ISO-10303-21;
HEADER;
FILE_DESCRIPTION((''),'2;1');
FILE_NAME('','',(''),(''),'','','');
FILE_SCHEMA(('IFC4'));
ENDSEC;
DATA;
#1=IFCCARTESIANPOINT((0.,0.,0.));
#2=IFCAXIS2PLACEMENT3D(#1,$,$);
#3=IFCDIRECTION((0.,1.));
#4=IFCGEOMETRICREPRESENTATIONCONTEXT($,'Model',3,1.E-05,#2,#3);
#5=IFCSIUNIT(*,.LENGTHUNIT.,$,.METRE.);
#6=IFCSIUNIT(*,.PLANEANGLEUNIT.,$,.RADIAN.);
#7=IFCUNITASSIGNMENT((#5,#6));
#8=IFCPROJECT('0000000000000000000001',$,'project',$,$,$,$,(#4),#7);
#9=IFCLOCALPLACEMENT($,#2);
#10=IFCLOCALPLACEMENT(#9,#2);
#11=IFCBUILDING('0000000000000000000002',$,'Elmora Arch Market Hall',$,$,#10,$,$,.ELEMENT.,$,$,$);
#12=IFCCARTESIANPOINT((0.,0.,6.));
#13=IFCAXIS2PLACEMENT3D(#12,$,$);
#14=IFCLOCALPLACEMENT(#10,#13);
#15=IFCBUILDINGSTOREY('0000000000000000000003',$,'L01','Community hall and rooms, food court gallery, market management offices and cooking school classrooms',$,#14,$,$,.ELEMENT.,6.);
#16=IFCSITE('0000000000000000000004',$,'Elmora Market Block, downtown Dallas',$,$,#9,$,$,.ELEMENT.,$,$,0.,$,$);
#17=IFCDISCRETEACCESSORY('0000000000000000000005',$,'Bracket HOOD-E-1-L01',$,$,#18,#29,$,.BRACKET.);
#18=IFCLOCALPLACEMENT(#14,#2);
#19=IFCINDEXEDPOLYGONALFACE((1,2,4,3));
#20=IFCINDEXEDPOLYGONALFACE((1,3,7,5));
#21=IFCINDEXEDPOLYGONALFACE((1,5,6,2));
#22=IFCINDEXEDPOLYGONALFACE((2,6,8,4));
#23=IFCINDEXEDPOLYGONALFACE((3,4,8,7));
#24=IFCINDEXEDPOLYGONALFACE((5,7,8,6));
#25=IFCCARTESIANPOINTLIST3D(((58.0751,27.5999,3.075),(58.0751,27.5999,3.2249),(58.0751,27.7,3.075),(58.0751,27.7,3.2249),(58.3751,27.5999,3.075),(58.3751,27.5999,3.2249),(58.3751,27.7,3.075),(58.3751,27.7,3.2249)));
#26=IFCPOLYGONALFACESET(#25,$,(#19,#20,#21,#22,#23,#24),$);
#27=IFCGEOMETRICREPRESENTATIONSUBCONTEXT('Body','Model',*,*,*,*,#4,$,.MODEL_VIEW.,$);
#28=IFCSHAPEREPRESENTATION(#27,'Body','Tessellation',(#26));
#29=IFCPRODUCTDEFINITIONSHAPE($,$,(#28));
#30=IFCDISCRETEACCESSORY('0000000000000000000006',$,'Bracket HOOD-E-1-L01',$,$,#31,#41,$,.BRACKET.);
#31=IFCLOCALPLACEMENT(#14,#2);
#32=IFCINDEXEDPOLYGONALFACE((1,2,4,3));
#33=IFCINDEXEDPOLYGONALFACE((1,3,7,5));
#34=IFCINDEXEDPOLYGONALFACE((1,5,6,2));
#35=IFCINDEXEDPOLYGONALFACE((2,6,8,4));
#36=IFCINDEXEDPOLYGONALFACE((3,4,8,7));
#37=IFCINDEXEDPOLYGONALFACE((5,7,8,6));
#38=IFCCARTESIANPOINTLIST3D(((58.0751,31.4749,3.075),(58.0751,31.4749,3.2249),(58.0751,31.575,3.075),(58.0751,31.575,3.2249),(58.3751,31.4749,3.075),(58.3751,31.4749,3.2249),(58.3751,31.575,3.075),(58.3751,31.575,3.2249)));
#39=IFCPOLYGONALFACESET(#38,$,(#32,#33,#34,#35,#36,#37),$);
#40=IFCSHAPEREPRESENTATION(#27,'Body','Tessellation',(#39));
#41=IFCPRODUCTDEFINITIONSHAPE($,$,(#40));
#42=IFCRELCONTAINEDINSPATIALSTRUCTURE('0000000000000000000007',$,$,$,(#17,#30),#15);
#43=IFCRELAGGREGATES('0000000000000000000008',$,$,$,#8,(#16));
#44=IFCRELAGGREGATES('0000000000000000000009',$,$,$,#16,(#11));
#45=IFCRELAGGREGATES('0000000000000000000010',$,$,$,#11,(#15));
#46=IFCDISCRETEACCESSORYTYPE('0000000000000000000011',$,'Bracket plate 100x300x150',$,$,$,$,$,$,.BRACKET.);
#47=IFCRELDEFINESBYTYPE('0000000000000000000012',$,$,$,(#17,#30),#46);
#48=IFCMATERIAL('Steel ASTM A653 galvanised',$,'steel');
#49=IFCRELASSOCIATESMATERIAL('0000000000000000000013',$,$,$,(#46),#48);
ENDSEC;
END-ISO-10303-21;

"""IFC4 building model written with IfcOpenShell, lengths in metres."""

from ifc_helpers import new_model, si_unit, direction, frame, origin, origin_2d, place, context, subcontext, project, spatial, rectangle, extrude, material, type_object, element, save


model = new_model("IFC4")

# Units and contexts
model_context = context("Model", 3, precision=1e-05, world=origin(), true_north=direction((0.0, 1.0)))
body_context = subcontext(model_context, "Body", "Model", "MODEL_VIEW")
ifc_project = project(units=[si_unit("LENGTHUNIT", "METRE"), si_unit("PLANEANGLEUNIT", "RADIAN")], contexts=[model_context])

# Site, building, storey
site_placement = place(None, origin())
site = spatial("IfcSite", under=ifc_project, at=site_placement, Name="Elmora Market Block, downtown Dallas", CompositionType="ELEMENT", RefElevation=0.0)
building_placement = place(site_placement, origin())
building = spatial("IfcBuilding", under=site, at=building_placement, Name="Elmora Arch Market Hall", CompositionType="ELEMENT")
storey_placement = place(building_placement, frame((0.0, 0.0, 6.0)))
storey = spatial("IfcBuildingStorey", under=building, at=storey_placement, Name="L01", Description="Community hall and rooms, food court gallery, market management offices and cooking school classrooms", CompositionType="ELEMENT", Elevation=6.0)

# Discrete accessories
ifc_material_1 = material(Name="Steel ASTM A653 galvanised", Category="steel")
discrete_accessory_type = type_object("IfcDiscreteAccessoryType", Name="Bracket plate 100x300x150", PredefinedType="BRACKET", material=ifc_material_1)
for number, where, z_axis, x_axis, name in (
    (1, (58.2251, 27.6499, 3.075), (0.0, 0.0, 1.0), (1.0, 0.0, 0.0), "Bracket HOOD-E-1-L01"),
    (2, (58.2251, 31.5249, 3.075), (0.0, 0.0, 1.0), (1.0, 0.0, 0.0), "Bracket HOOD-E-1-L01"),
):
    element("IfcDiscreteAccessory", number, at=place(storey_placement, frame(where, z_axis=z_axis, x_axis=x_axis)), inside=storey, type_object=discrete_accessory_type, Name=name, PredefinedType="BRACKET", context=body_context, shape_type="SweptSolid", body=[
        extrude(rectangle(XDim=0.3, YDim=0.1001, at=origin_2d()), origin(), (0.0, 0.0, 1.0), 0.1499),
    ])

save(model, "model.ifc")
